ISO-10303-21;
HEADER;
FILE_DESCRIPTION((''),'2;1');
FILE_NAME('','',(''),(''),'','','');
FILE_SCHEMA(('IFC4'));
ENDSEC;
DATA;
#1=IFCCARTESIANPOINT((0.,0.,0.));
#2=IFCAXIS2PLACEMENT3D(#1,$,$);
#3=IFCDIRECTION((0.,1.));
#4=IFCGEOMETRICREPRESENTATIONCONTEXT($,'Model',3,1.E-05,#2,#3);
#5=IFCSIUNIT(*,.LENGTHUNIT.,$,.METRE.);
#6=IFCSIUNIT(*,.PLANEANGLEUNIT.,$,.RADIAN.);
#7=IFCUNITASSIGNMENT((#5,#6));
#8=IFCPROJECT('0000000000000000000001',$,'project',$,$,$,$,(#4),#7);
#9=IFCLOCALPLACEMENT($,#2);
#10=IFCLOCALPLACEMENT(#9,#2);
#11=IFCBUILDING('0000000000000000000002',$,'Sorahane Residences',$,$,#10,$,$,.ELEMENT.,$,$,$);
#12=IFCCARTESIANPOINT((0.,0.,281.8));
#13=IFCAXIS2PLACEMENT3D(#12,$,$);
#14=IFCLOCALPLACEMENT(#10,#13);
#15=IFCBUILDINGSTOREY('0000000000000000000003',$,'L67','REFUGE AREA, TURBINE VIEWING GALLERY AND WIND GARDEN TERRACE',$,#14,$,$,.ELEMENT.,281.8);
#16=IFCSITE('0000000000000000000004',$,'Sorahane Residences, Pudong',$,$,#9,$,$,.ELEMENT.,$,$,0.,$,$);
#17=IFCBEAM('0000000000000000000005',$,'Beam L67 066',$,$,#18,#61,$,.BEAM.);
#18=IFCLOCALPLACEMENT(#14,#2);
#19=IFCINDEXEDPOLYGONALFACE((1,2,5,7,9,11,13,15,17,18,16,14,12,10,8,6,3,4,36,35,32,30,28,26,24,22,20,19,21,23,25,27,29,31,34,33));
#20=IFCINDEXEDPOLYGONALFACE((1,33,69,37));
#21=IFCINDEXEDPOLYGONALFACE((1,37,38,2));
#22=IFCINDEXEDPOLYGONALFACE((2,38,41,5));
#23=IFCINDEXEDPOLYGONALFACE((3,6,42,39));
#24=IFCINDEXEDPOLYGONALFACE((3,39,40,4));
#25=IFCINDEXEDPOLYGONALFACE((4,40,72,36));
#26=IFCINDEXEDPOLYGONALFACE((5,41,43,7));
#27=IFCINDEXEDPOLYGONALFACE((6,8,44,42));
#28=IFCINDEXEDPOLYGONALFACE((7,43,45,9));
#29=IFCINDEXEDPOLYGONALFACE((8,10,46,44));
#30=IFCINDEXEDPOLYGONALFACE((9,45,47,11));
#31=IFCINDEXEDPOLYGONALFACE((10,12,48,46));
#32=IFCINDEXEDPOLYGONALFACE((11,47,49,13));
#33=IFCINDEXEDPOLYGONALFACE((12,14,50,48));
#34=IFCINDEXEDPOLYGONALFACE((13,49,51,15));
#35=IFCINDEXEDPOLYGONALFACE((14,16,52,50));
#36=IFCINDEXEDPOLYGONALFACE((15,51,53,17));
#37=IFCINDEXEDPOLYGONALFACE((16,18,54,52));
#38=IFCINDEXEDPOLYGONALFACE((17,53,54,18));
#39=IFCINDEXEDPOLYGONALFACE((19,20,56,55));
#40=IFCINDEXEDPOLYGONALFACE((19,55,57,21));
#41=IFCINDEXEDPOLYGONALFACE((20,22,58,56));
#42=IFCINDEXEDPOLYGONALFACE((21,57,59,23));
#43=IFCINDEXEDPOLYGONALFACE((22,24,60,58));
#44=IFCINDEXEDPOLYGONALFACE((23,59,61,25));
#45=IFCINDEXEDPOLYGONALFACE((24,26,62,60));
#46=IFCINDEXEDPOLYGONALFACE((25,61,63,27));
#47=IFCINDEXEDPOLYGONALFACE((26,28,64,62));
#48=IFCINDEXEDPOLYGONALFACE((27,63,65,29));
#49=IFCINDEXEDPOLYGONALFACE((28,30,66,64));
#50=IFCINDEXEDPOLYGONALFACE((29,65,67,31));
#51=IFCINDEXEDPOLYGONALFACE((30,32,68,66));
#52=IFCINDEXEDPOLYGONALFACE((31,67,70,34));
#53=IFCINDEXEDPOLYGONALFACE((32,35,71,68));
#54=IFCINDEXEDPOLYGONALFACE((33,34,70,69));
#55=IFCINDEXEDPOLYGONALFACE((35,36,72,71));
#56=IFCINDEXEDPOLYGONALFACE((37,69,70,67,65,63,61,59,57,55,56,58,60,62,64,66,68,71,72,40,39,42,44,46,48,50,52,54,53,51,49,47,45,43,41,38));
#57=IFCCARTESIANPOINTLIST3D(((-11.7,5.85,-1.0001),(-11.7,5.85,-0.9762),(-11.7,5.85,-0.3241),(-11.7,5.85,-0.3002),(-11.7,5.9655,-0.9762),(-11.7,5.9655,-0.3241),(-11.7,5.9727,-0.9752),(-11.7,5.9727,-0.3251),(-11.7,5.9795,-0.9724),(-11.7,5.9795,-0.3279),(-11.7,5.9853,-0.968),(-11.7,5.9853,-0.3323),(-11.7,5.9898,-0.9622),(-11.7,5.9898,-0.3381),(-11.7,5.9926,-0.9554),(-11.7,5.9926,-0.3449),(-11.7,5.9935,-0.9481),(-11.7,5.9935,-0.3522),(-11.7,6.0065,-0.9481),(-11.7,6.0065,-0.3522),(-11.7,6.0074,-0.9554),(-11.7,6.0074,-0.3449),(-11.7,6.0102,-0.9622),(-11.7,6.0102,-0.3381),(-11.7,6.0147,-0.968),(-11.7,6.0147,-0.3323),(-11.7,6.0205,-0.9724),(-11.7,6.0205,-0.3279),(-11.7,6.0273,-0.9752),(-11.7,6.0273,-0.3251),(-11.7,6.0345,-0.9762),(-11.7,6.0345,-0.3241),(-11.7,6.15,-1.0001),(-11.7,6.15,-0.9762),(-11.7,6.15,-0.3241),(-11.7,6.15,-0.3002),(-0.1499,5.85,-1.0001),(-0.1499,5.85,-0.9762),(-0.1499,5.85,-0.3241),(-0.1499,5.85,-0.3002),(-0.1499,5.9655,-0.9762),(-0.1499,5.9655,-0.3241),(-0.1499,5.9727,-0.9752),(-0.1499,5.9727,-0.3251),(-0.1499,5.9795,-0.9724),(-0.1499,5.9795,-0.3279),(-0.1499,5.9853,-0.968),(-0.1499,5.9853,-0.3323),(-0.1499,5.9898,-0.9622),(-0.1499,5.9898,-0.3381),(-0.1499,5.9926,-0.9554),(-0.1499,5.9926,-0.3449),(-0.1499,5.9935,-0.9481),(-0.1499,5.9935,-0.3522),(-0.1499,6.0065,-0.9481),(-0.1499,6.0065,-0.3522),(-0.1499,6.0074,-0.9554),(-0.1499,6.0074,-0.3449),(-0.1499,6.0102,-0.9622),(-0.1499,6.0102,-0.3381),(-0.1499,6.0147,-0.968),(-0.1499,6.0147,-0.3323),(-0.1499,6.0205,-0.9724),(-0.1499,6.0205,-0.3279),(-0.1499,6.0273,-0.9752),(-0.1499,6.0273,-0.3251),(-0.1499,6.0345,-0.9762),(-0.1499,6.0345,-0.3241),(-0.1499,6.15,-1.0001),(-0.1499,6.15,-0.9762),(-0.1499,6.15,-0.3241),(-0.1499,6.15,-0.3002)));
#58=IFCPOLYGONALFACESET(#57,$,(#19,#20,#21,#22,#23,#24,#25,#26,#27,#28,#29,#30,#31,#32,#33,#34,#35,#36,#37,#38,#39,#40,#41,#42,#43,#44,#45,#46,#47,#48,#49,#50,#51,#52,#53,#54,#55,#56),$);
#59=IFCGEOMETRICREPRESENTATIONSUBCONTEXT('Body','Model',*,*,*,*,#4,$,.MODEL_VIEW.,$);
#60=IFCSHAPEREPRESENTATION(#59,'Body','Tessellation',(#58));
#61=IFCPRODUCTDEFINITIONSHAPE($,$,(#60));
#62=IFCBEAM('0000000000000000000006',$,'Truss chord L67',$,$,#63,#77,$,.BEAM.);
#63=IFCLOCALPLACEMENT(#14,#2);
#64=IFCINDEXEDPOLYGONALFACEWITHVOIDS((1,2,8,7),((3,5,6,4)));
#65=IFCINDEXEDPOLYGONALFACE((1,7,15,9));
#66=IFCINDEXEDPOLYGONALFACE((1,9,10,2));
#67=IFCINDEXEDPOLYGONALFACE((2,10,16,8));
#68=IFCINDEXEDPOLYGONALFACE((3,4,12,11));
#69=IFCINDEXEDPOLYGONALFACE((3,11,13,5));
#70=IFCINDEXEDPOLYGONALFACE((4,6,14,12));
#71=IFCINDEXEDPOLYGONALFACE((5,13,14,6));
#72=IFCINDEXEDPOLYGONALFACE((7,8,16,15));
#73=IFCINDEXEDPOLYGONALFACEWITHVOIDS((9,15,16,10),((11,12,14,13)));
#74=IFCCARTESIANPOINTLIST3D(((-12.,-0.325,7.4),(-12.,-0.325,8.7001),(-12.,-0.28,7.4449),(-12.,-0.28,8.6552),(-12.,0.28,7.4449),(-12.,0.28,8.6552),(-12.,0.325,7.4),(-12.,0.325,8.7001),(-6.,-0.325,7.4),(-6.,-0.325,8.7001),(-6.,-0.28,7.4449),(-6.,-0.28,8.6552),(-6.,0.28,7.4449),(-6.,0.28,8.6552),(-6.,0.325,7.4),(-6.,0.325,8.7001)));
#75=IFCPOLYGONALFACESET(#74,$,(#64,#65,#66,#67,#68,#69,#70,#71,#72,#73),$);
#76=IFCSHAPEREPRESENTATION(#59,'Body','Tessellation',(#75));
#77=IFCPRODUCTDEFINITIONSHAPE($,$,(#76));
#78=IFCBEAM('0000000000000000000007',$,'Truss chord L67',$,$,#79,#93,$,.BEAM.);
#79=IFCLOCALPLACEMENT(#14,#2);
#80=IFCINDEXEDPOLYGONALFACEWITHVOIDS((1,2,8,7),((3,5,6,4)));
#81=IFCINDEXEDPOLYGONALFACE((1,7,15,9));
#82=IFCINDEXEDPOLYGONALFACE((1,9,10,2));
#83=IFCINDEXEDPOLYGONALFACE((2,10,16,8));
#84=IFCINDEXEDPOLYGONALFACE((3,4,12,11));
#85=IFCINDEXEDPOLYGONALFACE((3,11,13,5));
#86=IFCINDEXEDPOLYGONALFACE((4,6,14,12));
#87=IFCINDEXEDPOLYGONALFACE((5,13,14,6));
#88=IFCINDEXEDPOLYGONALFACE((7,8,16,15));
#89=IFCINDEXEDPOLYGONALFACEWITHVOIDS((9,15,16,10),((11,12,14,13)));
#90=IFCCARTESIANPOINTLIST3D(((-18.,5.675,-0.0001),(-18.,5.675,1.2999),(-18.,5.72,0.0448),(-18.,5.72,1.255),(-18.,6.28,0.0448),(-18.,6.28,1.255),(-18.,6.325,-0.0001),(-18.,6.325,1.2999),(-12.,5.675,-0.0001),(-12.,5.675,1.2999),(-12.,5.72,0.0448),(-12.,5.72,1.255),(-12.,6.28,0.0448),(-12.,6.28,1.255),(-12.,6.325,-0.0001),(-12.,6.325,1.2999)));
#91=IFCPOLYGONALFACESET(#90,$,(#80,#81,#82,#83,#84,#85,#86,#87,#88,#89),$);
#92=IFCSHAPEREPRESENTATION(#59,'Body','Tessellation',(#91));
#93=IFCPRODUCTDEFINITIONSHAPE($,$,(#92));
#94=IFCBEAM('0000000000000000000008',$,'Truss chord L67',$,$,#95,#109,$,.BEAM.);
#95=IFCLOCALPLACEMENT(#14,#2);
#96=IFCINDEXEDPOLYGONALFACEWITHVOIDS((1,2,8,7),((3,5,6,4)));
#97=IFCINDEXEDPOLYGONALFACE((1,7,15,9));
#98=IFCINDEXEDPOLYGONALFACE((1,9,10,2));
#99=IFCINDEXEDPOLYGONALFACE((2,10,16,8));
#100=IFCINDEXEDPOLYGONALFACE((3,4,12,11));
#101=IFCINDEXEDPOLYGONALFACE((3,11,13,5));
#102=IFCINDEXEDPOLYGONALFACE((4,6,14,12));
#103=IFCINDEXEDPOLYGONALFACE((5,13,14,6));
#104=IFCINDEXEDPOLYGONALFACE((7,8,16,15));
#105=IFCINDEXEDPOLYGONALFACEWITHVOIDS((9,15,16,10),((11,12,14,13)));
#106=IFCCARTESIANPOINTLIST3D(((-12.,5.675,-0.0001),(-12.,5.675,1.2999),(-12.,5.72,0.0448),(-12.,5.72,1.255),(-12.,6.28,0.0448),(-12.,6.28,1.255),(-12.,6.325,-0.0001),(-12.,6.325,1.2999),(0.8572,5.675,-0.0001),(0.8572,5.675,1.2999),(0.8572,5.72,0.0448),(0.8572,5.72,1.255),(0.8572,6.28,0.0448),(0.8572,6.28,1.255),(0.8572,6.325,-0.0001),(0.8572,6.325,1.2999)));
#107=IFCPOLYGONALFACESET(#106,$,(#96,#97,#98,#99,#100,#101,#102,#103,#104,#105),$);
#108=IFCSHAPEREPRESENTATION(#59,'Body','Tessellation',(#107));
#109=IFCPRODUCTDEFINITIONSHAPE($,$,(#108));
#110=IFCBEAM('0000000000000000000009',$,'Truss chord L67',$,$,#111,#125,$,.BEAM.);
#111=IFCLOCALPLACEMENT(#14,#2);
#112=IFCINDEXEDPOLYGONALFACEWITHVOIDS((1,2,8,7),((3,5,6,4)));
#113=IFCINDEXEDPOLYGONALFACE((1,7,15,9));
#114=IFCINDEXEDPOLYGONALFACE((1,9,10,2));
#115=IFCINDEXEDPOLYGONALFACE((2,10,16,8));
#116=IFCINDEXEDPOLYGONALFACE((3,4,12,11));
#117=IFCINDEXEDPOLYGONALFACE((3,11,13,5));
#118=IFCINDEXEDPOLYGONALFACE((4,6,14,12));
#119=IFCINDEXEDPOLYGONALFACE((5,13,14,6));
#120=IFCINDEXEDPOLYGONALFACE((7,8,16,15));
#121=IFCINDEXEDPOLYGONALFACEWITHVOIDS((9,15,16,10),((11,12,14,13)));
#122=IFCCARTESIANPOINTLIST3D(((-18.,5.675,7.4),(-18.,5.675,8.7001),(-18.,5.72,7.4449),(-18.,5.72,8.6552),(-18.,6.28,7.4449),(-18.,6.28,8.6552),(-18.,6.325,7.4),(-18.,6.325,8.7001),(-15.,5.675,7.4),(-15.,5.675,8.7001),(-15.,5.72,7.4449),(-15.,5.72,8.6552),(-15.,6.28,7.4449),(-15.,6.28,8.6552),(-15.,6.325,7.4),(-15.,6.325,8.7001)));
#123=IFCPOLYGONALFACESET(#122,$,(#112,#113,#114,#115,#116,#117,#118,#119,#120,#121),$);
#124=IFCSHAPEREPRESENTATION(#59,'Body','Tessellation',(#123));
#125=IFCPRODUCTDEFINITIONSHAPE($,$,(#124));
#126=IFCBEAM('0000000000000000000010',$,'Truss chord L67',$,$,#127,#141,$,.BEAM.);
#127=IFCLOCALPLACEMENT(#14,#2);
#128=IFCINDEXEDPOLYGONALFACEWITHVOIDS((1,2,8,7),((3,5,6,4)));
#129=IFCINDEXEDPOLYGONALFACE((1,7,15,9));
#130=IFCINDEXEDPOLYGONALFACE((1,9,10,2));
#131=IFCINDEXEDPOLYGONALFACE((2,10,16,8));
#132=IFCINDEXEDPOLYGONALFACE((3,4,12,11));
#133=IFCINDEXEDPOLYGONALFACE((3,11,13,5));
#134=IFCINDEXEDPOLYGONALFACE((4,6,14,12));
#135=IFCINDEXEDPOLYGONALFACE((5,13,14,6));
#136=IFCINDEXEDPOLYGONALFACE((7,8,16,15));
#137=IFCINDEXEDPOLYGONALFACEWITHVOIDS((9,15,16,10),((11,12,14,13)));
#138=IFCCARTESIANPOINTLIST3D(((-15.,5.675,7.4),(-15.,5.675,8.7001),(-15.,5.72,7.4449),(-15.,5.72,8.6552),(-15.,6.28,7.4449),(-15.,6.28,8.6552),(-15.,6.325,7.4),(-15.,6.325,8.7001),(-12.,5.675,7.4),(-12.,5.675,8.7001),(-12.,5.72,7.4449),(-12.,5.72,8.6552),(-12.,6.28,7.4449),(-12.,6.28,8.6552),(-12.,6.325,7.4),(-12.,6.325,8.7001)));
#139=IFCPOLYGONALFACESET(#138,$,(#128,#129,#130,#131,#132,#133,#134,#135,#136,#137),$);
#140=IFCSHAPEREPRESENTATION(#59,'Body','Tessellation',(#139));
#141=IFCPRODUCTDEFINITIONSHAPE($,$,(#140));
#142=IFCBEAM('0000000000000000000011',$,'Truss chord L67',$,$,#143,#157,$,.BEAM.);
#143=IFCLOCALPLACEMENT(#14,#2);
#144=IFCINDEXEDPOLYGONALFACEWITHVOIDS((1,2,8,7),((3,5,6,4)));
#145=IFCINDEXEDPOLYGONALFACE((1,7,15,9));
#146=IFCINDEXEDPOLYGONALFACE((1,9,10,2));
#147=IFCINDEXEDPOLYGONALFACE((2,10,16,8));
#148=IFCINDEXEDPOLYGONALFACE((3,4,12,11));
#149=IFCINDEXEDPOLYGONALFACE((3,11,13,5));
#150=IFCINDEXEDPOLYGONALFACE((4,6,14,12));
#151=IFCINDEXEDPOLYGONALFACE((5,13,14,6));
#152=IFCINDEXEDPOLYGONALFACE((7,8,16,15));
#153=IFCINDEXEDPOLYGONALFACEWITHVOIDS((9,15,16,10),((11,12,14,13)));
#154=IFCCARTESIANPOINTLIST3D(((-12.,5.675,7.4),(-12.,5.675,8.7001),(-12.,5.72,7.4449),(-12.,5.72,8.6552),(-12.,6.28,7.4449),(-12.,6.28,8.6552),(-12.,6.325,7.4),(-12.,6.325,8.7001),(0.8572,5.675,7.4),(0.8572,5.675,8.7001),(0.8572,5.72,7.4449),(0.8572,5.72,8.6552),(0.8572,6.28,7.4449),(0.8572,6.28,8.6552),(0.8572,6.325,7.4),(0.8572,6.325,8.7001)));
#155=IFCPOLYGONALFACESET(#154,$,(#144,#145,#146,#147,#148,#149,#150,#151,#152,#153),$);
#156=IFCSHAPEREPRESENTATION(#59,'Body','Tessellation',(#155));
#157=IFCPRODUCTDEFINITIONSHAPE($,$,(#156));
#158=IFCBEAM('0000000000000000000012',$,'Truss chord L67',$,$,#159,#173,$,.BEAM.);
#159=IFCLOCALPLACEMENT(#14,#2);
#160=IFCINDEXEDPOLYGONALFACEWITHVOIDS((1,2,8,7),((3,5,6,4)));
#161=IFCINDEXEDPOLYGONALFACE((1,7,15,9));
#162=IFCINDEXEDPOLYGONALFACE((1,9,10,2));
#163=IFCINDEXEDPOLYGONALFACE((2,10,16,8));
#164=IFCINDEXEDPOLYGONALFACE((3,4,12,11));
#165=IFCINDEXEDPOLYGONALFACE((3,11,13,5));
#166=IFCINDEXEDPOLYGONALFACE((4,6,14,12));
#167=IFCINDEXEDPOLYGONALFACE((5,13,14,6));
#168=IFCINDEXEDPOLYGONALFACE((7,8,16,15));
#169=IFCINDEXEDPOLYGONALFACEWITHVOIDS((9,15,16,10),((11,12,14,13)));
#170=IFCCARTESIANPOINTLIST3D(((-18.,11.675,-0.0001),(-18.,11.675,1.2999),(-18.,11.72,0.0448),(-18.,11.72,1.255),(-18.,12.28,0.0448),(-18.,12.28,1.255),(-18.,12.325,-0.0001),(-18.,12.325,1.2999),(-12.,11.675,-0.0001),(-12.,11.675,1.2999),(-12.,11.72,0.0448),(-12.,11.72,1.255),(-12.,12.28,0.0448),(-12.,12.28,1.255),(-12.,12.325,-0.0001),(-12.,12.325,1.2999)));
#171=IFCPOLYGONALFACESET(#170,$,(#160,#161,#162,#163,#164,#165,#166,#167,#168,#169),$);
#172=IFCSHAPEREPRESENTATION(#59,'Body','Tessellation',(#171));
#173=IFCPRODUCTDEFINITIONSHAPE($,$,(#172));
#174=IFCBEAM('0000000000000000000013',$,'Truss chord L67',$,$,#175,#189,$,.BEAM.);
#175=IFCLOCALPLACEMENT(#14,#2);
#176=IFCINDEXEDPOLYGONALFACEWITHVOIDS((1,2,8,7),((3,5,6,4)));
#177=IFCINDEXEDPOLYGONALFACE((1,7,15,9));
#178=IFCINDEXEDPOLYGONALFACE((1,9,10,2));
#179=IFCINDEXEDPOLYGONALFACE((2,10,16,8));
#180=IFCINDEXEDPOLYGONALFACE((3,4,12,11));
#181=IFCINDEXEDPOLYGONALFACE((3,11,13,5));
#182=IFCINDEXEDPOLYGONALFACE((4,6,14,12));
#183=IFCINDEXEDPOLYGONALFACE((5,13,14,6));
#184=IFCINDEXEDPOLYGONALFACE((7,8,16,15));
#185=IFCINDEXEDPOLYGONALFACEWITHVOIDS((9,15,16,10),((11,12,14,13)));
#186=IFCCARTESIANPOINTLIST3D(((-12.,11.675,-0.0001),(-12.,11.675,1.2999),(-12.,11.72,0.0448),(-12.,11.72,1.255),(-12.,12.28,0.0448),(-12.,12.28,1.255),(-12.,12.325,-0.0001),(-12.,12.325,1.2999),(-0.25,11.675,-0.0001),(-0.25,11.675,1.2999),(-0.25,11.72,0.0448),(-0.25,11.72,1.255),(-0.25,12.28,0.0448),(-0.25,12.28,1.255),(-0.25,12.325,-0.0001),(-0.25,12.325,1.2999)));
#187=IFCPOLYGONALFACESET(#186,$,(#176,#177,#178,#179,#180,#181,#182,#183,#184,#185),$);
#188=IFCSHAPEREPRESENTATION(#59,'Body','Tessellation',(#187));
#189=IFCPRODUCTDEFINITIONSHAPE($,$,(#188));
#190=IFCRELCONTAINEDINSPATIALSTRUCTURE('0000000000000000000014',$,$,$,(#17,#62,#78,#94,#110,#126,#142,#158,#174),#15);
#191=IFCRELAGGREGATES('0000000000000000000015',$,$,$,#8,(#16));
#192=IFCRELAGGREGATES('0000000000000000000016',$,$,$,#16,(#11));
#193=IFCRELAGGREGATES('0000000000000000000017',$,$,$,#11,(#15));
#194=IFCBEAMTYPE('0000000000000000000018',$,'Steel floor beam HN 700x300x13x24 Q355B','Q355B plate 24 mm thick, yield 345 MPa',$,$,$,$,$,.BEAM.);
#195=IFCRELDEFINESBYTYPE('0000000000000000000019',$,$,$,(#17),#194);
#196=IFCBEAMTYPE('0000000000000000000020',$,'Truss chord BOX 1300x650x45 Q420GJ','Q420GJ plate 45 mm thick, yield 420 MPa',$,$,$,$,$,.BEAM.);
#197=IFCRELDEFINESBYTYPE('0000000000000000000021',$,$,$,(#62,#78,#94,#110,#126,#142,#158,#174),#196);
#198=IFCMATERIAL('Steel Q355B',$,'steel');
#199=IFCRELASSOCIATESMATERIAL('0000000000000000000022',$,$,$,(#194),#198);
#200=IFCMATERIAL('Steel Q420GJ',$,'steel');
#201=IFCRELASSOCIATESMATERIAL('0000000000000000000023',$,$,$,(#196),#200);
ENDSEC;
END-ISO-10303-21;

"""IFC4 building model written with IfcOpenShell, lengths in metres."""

from ifc_helpers import new_model, si_unit, direction, frame, origin, origin_2d, place, context, subcontext, project, spatial, hollow_rectangle, i_section, extrude, material, material_profile, profile_set, type_object, element, save


model = new_model("IFC4")

# Units and contexts
model_context = context("Model", 3, precision=1e-05, world=origin(), true_north=direction((0.0, 1.0)))
body_context = subcontext(model_context, "Body", "Model", "MODEL_VIEW")
ifc_project = project(units=[si_unit("LENGTHUNIT", "METRE"), si_unit("PLANEANGLEUNIT", "RADIAN")], contexts=[model_context])

# Site, building, storey
site_placement = place(None, origin())
site = spatial("IfcSite", under=ifc_project, at=site_placement, Name="Sorahane Residences, Pudong", CompositionType="ELEMENT", RefElevation=0.0)
building_placement = place(site_placement, origin())
building = spatial("IfcBuilding", under=site, at=building_placement, Name="Sorahane Residences", CompositionType="ELEMENT")
storey_placement = place(building_placement, frame((0.0, 0.0, 281.8)))
storey = spatial("IfcBuildingStorey", under=building, at=storey_placement, Name="L67", Description="REFUGE AREA, TURBINE VIEWING GALLERY AND WIND GARDEN TERRACE", CompositionType="ELEMENT", Elevation=281.8)

# Beams
ifc_material_1 = material(Name="Steel Q355B", Category="steel")
ifc_material_profile_1 = material_profile(ifc_material_1, i_section(OverallWidth=0.3, OverallDepth=0.7, WebThickness=0.0129, FlangeThickness=0.0239, FilletRadius=0.0281, at=origin_2d()), Name="HN 700x300x13x24")
ifc_profile_set_1 = profile_set([ifc_material_profile_1], Name="Steel Q355B")
beam_type_1 = type_object("IfcBeamType", Name="Steel floor beam HN 700x300x13x24 Q355B", Description="Q355B plate 24 mm thick, yield 345 MPa", PredefinedType="BEAM", material=ifc_profile_set_1)
beam_1_placement = place(storey_placement, frame((-11.7, 6.0, -0.6501), z_axis=(1.0, 0.0, 0.0), x_axis=(0.0, 1.0, 0.0)))
element("IfcBeam", 1, at=beam_1_placement, inside=storey, type_object=beam_type_1, Name="Beam L67 066", PredefinedType="BEAM", context=body_context, shape_type="SweptSolid", body=[
    extrude(i_section(OverallWidth=0.3, OverallDepth=0.7, WebThickness=0.0129, FlangeThickness=0.0239, FilletRadius=0.0281, at=origin_2d()), origin(), (0.0, 0.0, 1.0), 11.55),
])
ifc_material_2 = material(Name="Steel Q420GJ", Category="steel")
ifc_material_profile_2 = material_profile(ifc_material_2, hollow_rectangle(XDim=0.6499, YDim=1.3, WallThickness=0.0449, at=origin_2d()), Name="BOX 1300x650x45")
ifc_profile_set_2 = profile_set([ifc_material_profile_2], Name="Steel Q420GJ")
beam_type_2 = type_object("IfcBeamType", Name="Truss chord BOX 1300x650x45 Q420GJ", Description="Q420GJ plate 45 mm thick, yield 420 MPa", PredefinedType="BEAM", material=ifc_profile_set_2)
for number, where, z_axis, x_axis, name in (
    (2, (-12.0, 0.0, 8.05), (1.0, 0.0, 0.0), (0.0, 1.0, 0.0), "Truss chord L67"),
    (3, (-18.0, 6.0, 0.6499), (1.0, 0.0, 0.0), (0.0, 1.0, 0.0), "Truss chord L67"),
):
    element("IfcBeam", number, at=place(storey_placement, frame(where, z_axis=z_axis, x_axis=x_axis)), inside=storey, type_object=beam_type_2, Name=name, PredefinedType="BEAM", context=body_context, shape_type="SweptSolid", body=[
        extrude(hollow_rectangle(XDim=0.6499, YDim=1.3, WallThickness=0.0449, at=origin_2d()), origin(), (0.0, 0.0, 1.0), 6.0),
    ])
beam_2_placement = place(storey_placement, frame((-12.0, 6.0, 0.6499), z_axis=(1.0, 0.0, 0.0), x_axis=(0.0, 1.0, 0.0)))
element("IfcBeam", 4, at=beam_2_placement, inside=storey, type_object=beam_type_2, Name="Truss chord L67", PredefinedType="BEAM", context=body_context, shape_type="SweptSolid", body=[
    extrude(hollow_rectangle(XDim=0.6499, YDim=1.3, WallThickness=0.0449, at=origin_2d()), origin(), (0.0, 0.0, 1.0), 12.8572),
])
for number, where, z_axis, x_axis, name in (
    (5, (-18.0, 6.0, 8.05), (1.0, 0.0, 0.0), (0.0, 1.0, 0.0), "Truss chord L67"),
    (6, (-15.0, 6.0, 8.05), (1.0, 0.0, 0.0), (0.0, 1.0, 0.0), "Truss chord L67"),
):
    element("IfcBeam", number, at=place(storey_placement, frame(where, z_axis=z_axis, x_axis=x_axis)), inside=storey, type_object=beam_type_2, Name=name, PredefinedType="BEAM", context=body_context, shape_type="SweptSolid", body=[
        extrude(hollow_rectangle(XDim=0.6499, YDim=1.3, WallThickness=0.0449, at=origin_2d()), origin(), (0.0, 0.0, 1.0), 3.0),
    ])
beam_3_placement = place(storey_placement, frame((-12.0, 6.0, 8.05), z_axis=(1.0, 0.0, 0.0), x_axis=(0.0, 1.0, 0.0)))
element("IfcBeam", 7, at=beam_3_placement, inside=storey, type_object=beam_type_2, Name="Truss chord L67", PredefinedType="BEAM", context=body_context, shape_type="SweptSolid", body=[
    extrude(hollow_rectangle(XDim=0.6499, YDim=1.3, WallThickness=0.0449, at=origin_2d()), origin(), (0.0, 0.0, 1.0), 12.8572),
])
beam_4_placement = place(storey_placement, frame((-18.0, 12.0, 0.6499), z_axis=(1.0, 0.0, 0.0), x_axis=(0.0, 1.0, 0.0)))
element("IfcBeam", 8, at=beam_4_placement, inside=storey, type_object=beam_type_2, Name="Truss chord L67", PredefinedType="BEAM", context=body_context, shape_type="SweptSolid", body=[
    extrude(hollow_rectangle(XDim=0.6499, YDim=1.3, WallThickness=0.0449, at=origin_2d()), origin(), (0.0, 0.0, 1.0), 6.0),
])
beam_5_placement = place(storey_placement, frame((-12.0, 12.0, 0.6499), z_axis=(1.0, 0.0, 0.0), x_axis=(0.0, 1.0, 0.0)))
element("IfcBeam", 9, at=beam_5_placement, inside=storey, type_object=beam_type_2, Name="Truss chord L67", PredefinedType="BEAM", context=body_context, shape_type="SweptSolid", body=[
    extrude(hollow_rectangle(XDim=0.6499, YDim=1.3, WallThickness=0.0449, at=origin_2d()), origin(), (0.0, 0.0, 1.0), 11.75),
])

save(model, "model.ifc")
